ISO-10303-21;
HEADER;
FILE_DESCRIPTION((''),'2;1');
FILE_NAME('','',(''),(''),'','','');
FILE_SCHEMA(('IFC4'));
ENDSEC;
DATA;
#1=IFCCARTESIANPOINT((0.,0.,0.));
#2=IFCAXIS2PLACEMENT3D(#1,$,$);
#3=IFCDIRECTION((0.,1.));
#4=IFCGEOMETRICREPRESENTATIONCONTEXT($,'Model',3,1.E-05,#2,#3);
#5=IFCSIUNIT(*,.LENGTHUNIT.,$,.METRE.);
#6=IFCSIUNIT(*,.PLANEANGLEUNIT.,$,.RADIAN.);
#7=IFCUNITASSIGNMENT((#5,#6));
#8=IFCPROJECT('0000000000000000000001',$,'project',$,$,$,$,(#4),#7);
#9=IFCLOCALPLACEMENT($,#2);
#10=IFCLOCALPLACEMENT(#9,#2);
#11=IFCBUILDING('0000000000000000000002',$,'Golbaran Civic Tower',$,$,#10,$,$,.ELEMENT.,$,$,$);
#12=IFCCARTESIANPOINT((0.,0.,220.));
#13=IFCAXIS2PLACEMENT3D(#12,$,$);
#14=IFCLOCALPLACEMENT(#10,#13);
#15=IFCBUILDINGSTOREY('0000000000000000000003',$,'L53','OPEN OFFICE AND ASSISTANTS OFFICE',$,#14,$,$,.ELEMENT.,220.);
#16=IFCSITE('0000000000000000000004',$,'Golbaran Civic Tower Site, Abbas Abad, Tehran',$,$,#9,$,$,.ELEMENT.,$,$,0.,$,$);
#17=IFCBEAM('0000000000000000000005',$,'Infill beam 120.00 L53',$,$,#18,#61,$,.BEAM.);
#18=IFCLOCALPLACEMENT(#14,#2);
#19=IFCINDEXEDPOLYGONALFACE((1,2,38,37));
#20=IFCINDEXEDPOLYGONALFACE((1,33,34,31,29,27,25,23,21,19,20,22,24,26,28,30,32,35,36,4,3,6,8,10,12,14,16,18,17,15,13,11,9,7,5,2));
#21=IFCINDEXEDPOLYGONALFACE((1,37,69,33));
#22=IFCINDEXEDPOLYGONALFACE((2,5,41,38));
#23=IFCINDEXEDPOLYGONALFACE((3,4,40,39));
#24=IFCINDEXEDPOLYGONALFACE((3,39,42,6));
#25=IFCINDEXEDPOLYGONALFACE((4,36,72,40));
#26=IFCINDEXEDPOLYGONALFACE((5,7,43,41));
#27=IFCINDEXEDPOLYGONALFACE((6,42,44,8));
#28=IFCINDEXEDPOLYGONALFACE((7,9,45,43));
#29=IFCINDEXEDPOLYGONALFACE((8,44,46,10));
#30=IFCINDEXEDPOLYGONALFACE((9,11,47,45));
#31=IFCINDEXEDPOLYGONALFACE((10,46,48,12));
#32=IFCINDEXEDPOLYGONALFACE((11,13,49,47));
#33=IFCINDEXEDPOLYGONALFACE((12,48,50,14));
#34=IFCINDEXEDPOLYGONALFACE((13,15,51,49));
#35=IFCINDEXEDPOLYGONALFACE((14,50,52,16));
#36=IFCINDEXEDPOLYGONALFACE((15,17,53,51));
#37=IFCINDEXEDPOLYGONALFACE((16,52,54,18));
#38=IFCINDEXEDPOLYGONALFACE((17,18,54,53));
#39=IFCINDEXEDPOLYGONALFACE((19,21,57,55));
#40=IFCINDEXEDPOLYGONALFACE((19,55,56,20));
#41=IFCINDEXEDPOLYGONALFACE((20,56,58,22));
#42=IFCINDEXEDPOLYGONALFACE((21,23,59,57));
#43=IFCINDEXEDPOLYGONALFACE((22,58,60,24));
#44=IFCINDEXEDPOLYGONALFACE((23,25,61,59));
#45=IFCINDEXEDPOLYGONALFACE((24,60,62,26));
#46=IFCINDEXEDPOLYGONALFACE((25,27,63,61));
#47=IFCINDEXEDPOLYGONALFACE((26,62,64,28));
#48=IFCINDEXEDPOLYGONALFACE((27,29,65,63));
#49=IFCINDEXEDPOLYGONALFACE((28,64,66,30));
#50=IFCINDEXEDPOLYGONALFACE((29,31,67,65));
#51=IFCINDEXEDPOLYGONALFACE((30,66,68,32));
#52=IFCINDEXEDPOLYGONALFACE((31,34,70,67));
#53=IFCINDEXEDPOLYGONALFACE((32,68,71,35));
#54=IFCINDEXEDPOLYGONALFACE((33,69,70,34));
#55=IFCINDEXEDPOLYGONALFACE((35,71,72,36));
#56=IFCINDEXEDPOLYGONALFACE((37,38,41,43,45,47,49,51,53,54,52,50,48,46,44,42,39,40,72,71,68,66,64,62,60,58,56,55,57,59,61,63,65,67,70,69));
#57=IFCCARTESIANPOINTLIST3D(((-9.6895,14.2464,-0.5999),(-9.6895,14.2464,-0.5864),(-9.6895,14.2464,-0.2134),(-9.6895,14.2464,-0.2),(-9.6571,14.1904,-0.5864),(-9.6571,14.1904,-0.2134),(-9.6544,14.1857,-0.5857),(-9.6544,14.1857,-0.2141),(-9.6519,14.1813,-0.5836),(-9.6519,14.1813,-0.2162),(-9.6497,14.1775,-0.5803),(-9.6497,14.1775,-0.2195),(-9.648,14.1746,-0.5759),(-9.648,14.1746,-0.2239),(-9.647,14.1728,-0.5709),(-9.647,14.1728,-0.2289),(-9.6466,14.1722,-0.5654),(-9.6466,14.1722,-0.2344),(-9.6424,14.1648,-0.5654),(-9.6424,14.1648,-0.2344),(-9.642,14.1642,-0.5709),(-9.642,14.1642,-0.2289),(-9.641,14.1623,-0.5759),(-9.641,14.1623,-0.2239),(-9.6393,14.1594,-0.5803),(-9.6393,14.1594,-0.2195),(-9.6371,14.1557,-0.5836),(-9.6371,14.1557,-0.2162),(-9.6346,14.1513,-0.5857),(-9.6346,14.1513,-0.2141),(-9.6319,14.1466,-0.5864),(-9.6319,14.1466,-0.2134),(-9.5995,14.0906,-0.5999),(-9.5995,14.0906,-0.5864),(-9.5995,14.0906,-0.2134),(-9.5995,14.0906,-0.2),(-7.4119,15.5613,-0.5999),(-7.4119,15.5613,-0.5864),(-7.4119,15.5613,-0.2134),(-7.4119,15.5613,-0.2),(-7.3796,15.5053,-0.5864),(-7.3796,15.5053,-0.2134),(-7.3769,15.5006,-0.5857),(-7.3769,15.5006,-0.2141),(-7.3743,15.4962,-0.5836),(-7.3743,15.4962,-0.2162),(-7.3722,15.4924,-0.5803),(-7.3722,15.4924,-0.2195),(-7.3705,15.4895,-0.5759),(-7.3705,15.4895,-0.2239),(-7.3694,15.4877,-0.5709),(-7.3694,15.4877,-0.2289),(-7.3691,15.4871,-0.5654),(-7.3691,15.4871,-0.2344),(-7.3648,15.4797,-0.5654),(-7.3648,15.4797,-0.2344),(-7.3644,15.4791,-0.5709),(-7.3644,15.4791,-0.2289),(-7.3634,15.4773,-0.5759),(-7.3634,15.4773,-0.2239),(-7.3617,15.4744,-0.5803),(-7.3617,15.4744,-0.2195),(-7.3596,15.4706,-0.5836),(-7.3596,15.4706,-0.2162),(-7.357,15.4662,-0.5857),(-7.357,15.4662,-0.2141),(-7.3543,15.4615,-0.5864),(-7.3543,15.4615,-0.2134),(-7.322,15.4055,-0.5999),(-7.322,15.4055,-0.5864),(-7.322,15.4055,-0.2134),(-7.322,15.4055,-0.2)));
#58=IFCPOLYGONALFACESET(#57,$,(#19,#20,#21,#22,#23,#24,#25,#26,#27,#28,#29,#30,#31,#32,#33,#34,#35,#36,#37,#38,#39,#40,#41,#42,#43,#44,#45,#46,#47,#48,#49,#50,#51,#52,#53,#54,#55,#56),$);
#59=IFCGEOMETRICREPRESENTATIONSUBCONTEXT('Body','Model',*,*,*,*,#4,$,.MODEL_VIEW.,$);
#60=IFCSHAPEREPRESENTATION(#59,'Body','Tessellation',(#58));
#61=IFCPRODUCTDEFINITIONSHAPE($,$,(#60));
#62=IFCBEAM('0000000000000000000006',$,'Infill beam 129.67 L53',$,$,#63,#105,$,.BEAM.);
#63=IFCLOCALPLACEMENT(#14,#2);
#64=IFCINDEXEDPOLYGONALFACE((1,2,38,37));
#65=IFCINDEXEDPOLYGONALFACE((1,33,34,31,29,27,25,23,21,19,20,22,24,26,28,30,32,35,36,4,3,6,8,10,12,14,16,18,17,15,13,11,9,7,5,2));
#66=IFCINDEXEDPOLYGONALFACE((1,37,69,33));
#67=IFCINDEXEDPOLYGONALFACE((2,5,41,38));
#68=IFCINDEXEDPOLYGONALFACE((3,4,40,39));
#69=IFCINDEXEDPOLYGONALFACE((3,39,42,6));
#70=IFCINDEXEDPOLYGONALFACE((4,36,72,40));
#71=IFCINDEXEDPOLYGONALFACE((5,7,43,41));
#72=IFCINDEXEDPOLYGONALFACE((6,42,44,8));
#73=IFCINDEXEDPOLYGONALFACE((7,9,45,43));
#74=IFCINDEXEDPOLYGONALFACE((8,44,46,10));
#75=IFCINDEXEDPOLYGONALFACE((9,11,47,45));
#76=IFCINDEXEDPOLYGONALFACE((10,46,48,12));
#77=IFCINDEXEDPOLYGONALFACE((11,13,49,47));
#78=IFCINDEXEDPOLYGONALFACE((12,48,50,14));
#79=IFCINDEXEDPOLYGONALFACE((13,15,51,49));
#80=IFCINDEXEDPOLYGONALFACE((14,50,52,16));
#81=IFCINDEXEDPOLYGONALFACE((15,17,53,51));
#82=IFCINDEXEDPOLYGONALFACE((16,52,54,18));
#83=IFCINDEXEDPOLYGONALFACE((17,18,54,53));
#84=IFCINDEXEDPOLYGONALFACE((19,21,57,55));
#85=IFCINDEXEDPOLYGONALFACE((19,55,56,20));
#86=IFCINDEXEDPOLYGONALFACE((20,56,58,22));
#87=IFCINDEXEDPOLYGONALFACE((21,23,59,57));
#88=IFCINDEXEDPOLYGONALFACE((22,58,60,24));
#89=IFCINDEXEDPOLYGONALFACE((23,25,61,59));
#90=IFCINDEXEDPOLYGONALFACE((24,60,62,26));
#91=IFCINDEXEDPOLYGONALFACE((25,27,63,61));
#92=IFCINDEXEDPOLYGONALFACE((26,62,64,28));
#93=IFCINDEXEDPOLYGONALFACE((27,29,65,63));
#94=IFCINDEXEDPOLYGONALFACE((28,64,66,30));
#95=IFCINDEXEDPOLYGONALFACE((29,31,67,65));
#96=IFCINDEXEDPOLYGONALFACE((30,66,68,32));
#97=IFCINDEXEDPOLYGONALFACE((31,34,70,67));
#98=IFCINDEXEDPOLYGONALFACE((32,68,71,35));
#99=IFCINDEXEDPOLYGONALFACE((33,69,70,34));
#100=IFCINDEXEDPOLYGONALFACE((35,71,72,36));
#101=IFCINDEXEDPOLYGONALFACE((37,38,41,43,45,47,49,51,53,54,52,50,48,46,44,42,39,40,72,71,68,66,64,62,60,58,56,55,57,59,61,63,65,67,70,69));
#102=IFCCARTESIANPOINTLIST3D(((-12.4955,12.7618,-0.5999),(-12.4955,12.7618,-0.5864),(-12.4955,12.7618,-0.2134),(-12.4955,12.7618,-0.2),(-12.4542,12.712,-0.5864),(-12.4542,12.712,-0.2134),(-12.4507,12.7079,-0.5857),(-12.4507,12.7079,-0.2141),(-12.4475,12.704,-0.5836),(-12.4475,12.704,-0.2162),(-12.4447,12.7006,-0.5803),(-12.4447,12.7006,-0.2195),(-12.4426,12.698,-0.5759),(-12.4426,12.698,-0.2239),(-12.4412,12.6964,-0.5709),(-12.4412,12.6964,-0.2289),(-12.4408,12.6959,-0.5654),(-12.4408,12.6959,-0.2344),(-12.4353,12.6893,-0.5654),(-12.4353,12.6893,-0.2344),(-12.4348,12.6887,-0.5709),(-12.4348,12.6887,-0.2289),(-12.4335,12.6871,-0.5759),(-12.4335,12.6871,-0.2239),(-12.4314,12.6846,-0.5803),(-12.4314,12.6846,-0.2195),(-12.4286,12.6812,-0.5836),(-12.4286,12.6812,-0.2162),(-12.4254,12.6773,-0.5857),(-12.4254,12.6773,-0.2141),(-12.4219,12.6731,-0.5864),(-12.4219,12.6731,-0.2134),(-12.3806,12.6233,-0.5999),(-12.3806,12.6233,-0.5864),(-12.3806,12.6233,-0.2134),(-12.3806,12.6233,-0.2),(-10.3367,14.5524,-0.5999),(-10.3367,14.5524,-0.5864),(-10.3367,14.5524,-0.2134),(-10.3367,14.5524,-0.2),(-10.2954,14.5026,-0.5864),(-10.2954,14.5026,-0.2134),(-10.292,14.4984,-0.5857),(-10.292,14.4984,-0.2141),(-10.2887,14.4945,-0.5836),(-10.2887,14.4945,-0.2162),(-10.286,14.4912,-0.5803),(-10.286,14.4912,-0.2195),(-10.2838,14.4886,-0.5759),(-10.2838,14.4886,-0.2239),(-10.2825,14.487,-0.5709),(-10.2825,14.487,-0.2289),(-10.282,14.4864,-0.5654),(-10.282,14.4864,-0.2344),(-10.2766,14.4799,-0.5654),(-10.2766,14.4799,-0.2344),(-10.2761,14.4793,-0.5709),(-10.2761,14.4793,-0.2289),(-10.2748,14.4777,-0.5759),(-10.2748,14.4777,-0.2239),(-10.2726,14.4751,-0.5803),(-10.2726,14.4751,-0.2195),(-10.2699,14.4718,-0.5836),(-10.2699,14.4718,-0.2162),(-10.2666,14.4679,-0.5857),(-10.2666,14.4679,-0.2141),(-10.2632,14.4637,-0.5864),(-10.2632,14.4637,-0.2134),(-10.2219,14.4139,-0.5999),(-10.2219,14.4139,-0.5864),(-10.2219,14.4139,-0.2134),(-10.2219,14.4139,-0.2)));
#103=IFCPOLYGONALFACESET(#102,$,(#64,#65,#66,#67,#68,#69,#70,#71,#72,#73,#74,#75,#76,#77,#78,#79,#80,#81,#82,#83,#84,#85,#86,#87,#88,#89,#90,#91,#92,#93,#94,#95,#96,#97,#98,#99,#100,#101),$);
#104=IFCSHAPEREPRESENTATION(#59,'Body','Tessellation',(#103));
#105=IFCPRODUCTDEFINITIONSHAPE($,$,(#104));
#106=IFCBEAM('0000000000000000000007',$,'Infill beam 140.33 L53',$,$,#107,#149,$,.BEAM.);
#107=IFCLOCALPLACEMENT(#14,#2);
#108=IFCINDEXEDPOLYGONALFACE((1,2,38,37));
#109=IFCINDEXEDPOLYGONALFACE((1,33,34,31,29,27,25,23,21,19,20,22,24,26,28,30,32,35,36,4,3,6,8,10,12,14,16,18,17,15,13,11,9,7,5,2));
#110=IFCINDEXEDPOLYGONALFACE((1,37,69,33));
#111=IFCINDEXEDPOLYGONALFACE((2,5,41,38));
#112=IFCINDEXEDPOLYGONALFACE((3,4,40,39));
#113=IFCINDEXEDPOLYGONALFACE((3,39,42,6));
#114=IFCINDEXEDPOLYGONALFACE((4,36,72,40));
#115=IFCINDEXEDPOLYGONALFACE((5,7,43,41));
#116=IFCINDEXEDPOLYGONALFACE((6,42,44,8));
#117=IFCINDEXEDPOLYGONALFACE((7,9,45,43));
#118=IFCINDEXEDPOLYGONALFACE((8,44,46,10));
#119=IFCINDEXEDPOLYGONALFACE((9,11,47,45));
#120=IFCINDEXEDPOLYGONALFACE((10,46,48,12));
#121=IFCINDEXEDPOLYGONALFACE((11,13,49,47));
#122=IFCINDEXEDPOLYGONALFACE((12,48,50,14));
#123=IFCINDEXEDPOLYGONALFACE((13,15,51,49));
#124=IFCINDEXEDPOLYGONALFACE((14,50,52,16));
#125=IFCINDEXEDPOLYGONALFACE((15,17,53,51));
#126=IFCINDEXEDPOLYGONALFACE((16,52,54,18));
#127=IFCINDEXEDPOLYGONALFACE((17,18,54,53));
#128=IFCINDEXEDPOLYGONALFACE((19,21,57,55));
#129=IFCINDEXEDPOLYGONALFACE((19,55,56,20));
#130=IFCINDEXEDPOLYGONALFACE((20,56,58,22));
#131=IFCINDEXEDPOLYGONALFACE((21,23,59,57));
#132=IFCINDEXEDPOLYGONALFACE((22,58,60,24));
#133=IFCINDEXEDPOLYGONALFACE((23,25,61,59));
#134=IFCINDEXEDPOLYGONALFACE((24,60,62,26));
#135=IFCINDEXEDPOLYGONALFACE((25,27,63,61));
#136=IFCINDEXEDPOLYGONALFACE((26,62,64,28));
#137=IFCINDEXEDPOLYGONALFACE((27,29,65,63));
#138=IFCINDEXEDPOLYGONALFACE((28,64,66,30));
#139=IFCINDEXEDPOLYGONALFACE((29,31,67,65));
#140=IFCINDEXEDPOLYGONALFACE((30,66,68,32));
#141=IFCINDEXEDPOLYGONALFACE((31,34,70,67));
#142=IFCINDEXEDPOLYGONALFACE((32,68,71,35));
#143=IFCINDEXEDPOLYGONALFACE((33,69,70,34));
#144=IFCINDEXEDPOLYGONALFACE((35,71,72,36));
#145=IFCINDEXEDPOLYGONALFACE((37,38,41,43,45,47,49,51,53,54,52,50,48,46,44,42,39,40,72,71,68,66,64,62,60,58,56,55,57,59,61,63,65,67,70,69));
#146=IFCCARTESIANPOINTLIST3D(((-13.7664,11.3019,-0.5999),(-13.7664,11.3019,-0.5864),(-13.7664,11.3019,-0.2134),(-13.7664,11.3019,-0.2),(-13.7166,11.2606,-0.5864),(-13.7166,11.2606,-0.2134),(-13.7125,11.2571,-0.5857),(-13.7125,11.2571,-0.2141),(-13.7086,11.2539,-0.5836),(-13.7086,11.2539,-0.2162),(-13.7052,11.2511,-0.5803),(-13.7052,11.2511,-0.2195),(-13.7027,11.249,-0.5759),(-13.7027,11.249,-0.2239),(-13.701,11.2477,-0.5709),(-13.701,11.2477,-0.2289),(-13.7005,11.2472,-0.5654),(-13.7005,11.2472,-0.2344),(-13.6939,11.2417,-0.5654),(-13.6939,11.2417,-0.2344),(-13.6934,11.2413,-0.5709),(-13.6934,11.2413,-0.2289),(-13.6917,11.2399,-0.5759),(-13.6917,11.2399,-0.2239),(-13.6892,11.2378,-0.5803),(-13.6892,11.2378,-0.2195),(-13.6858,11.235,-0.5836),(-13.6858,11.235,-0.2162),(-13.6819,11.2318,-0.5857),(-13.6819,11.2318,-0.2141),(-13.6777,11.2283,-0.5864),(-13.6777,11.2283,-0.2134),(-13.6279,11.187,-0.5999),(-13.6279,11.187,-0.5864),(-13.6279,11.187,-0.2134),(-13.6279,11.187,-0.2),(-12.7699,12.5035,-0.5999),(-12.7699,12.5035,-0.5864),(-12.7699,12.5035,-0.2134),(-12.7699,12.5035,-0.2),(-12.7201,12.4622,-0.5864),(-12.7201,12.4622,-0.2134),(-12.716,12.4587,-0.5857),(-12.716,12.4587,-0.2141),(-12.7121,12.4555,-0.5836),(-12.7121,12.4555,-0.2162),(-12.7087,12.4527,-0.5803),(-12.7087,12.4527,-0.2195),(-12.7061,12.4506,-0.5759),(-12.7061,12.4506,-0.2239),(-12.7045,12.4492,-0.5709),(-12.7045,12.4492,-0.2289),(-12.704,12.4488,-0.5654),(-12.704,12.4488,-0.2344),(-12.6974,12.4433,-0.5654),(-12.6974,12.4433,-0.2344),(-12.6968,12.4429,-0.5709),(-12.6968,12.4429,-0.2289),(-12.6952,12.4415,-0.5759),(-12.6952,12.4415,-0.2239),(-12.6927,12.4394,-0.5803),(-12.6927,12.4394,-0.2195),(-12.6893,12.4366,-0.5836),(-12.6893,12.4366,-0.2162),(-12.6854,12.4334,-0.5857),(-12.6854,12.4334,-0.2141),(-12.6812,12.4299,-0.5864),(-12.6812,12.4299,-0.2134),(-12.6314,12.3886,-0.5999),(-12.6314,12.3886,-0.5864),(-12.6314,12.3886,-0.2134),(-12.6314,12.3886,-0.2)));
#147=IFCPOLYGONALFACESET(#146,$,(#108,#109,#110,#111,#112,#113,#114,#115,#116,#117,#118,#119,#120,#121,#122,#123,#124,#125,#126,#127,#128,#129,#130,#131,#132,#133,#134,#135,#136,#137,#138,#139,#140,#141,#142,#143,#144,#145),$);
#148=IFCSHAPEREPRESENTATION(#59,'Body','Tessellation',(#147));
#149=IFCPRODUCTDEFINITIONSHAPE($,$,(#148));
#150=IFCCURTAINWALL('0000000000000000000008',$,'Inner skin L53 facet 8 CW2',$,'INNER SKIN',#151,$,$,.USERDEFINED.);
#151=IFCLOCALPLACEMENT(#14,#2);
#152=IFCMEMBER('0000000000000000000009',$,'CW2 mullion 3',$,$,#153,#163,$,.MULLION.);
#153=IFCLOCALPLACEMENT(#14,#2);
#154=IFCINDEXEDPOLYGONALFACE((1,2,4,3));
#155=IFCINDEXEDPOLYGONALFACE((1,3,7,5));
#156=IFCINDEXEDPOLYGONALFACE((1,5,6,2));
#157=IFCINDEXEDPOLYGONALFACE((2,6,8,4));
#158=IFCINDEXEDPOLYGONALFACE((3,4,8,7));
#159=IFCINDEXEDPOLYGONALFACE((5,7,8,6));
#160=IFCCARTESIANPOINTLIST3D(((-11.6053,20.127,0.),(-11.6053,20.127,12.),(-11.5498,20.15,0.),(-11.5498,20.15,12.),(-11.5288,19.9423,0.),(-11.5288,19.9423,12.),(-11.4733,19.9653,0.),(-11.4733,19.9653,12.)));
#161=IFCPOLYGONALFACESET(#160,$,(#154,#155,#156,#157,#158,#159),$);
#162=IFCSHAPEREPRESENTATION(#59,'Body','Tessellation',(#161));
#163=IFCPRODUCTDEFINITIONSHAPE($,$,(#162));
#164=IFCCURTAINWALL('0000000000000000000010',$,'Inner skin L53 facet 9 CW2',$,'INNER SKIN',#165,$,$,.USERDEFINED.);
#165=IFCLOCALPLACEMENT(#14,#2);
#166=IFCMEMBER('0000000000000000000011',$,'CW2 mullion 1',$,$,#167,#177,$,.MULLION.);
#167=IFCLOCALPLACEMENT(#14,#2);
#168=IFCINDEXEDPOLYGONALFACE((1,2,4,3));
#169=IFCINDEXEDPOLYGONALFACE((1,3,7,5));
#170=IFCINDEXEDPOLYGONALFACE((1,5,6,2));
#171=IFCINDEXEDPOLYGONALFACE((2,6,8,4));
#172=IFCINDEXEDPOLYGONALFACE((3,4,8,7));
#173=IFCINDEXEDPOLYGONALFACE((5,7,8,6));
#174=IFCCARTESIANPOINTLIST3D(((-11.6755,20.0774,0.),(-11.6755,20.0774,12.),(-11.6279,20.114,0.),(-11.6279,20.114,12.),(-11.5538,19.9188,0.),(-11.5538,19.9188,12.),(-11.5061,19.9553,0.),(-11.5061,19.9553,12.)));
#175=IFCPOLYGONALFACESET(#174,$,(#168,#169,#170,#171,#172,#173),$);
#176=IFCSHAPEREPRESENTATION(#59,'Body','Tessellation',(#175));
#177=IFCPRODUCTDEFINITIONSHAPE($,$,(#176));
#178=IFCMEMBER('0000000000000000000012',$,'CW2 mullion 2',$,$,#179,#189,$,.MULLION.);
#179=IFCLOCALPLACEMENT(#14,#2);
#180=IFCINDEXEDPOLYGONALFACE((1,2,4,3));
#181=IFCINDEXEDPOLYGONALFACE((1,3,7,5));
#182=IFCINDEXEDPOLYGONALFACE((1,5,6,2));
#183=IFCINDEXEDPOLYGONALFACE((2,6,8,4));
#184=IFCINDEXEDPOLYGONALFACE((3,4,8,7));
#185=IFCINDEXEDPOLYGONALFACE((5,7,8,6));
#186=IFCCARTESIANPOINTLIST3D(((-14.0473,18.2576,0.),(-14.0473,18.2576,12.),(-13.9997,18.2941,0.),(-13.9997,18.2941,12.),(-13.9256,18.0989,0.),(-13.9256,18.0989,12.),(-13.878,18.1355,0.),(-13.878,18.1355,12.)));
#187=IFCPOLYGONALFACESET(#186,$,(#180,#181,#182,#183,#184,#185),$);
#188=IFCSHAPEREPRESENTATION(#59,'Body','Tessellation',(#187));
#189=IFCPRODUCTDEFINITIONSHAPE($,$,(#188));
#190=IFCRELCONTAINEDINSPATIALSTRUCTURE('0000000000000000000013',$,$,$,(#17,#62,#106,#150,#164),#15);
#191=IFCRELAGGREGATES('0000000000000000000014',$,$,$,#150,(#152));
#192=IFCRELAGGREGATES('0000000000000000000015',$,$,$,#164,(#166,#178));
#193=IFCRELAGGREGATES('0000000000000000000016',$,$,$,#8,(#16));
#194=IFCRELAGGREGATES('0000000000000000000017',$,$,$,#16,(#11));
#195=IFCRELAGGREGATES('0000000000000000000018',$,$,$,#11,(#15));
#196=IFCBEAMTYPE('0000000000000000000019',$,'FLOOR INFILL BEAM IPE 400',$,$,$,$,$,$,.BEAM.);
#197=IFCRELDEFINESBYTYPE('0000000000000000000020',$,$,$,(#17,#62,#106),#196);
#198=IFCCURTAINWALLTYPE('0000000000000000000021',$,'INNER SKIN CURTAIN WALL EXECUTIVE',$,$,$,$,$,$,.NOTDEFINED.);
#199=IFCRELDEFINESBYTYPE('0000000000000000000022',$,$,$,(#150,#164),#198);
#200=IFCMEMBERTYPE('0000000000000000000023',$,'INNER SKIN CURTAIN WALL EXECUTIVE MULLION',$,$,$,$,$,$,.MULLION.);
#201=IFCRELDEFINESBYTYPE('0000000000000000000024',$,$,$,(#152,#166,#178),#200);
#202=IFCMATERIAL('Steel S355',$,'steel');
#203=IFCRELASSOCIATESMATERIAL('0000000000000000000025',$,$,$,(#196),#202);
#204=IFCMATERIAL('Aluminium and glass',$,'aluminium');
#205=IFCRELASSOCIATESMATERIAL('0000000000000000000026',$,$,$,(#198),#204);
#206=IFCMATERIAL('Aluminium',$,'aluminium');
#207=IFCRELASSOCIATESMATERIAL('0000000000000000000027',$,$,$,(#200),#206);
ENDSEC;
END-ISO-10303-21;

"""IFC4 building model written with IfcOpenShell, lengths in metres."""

from ifc_helpers import new_model, si_unit, direction, frame, origin, origin_2d, place, context, subcontext, project, spatial, rectangle, i_section, extrude, material, material_profile, profile_set, type_object, element, aggregate, save


model = new_model("IFC4")

# Units and contexts
model_context = context("Model", 3, precision=1e-05, world=origin(), true_north=direction((0.0, 1.0)))
body_context = subcontext(model_context, "Body", "Model", "MODEL_VIEW")
ifc_project = project(units=[si_unit("LENGTHUNIT", "METRE"), si_unit("PLANEANGLEUNIT", "RADIAN")], contexts=[model_context])

# Site, building, storey
site_placement = place(None, origin())
site = spatial("IfcSite", under=ifc_project, at=site_placement, Name="Golbaran Civic Tower Site, Abbas Abad, Tehran", CompositionType="ELEMENT", RefElevation=0.0)
building_placement = place(site_placement, origin())
building = spatial("IfcBuilding", under=site, at=building_placement, Name="Golbaran Civic Tower", CompositionType="ELEMENT")
storey_placement = place(building_placement, frame((0.0, 0.0, 220.0)))
storey = spatial("IfcBuildingStorey", under=building, at=storey_placement, Name="L53", Description="OPEN OFFICE AND ASSISTANTS OFFICE", CompositionType="ELEMENT", Elevation=220.0)

# Beams
ifc_material_1 = material(Name="Steel S355", Category="steel")
ifc_material_profile_1 = material_profile(ifc_material_1, i_section(OverallWidth=0.1799, OverallDepth=0.3999, WebThickness=0.0085, FlangeThickness=0.0134, FilletRadius=0.021, at=origin_2d()), Name="IPE 400")
ifc_profile_set_1 = profile_set([ifc_material_profile_1], Name="Steel S355")
beam_type_1 = type_object("IfcBeamType", Name="FLOOR INFILL BEAM IPE 400", PredefinedType="BEAM", material=ifc_profile_set_1)
beam_1_placement = place(storey_placement, frame((-7.3669, 15.4834, -0.3999), z_axis=(-0.866029, -0.499993, 0.0), x_axis=(0.499993, -0.866029, 0.0)))
element("IfcBeam", 1, at=beam_1_placement, inside=storey, type_object=beam_type_1, Name="Infill beam 120.00 L53", PredefinedType="BEAM", context=body_context, shape_type="SweptSolid", body=[
    extrude(i_section(OverallWidth=0.1799, OverallDepth=0.3999, WebThickness=0.0085, FlangeThickness=0.0134, FilletRadius=0.021, at=origin_2d()), origin(), (0.0, 0.0, 1.0), 2.6299),
])
beam_2_placement = place(storey_placement, frame((-10.2793, 14.4832, -0.3999), z_axis=(-0.769689, -0.638419, 0.0), x_axis=(0.638419, -0.769689, 0.0)))
element("IfcBeam", 2, at=beam_2_placement, inside=storey, type_object=beam_type_1, Name="Infill beam 129.67 L53", PredefinedType="BEAM", context=body_context, shape_type="SweptSolid", body=[
    extrude(i_section(OverallWidth=0.1799, OverallDepth=0.3999, WebThickness=0.0085, FlangeThickness=0.0134, FilletRadius=0.021, at=origin_2d()), origin(), (0.0, 0.0, 1.0), 2.8047),
])
beam_3_placement = place(storey_placement, frame((-12.7007, 12.446, -0.3999), z_axis=(-0.638368, -0.769732, 0.0), x_axis=(0.769732, -0.638368, 0.0)))
element("IfcBeam", 3, at=beam_3_placement, inside=storey, type_object=beam_type_1, Name="Infill beam 140.33 L53", PredefinedType="BEAM", context=body_context, shape_type="SweptSolid", body=[
    extrude(i_section(OverallWidth=0.1799, OverallDepth=0.3999, WebThickness=0.0085, FlangeThickness=0.0134, FilletRadius=0.021, at=origin_2d()), origin(), (0.0, 0.0, 1.0), 1.561),
])

# Curtain wall, member
ifc_material_2 = material(Name="Aluminium and glass", Category="aluminium")
curtain_wall_type = type_object("IfcCurtainWallType", Name="INNER SKIN CURTAIN WALL EXECUTIVE", PredefinedType="NOTDEFINED", material=ifc_material_2)
curtain_wall_1_placement = place(storey_placement, origin())
curtain_wall_1 = element("IfcCurtainWall", 4, at=curtain_wall_1_placement, inside=storey, type_object=curtain_wall_type, Name="Inner skin L53 facet 8 CW2", ObjectType="INNER SKIN", PredefinedType="USERDEFINED")
ifc_material_3 = material(Name="Aluminium", Category="aluminium")
ifc_material_profile_2 = material_profile(ifc_material_3, rectangle(XDim=0.2, YDim=0.0601, at=origin_2d()), Name="INNER SKIN CURTAIN WALL EXECUTIVE MULLION")
ifc_profile_set_2 = profile_set([ifc_material_profile_2], Name="Aluminium")
member_type_1 = type_object("IfcMemberType", Name="INNER SKIN CURTAIN WALL EXECUTIVE MULLION", PredefinedType="MULLION", material=ifc_profile_set_2)
member_1_placement = place(storey_placement, frame((-11.5393, 20.0461, 0.0), z_axis=(0.0, 0.0, 1.0), x_axis=(0.382683, -0.92388, 0.0)))
member_1 = element("IfcMember", 5, at=member_1_placement, type_object=member_type_1, Name="CW2 mullion 3", PredefinedType="MULLION", context=body_context, shape_type="SweptSolid", body=[
    extrude(rectangle(XDim=0.2, YDim=0.0601, at=origin_2d()), origin(), (0.0, 0.0, 1.0), 12.0),
])

# Curtain wall, members
curtain_wall_2_placement = place(storey_placement, origin())
curtain_wall_2 = element("IfcCurtainWall", 6, at=curtain_wall_2_placement, inside=storey, type_object=curtain_wall_type, Name="Inner skin L53 facet 9 CW2", ObjectType="INNER SKIN", PredefinedType="USERDEFINED")
member_2_placement = place(storey_placement, frame((-11.5908, 20.0164, 0.0), z_axis=(0.0, 0.0, 1.0), x_axis=(0.608761, -0.793353, 0.0)))
member_2 = element("IfcMember", 7, at=member_2_placement, type_object=member_type_1, Name="CW2 mullion 1", PredefinedType="MULLION", context=body_context, shape_type="SweptSolid", body=[
    extrude(rectangle(XDim=0.2, YDim=0.0601, at=origin_2d()), origin(), (0.0, 0.0, 1.0), 12.0),
])
member_3_placement = place(storey_placement, frame((-13.9626, 18.1965, 0.0), z_axis=(0.0, 0.0, 1.0), x_axis=(0.608761, -0.793353, 0.0)))
member_3 = element("IfcMember", 8, at=member_3_placement, type_object=member_type_1, Name="CW2 mullion 2", PredefinedType="MULLION", context=body_context, shape_type="SweptSolid", body=[
    extrude(rectangle(XDim=0.2, YDim=0.0601, at=origin_2d()), origin(), (0.0, 0.0, 1.0), 12.0),
])

aggregate(curtain_wall_1, [member_1])
aggregate(curtain_wall_2, [member_2, member_3])

save(model, "model.ifc")
